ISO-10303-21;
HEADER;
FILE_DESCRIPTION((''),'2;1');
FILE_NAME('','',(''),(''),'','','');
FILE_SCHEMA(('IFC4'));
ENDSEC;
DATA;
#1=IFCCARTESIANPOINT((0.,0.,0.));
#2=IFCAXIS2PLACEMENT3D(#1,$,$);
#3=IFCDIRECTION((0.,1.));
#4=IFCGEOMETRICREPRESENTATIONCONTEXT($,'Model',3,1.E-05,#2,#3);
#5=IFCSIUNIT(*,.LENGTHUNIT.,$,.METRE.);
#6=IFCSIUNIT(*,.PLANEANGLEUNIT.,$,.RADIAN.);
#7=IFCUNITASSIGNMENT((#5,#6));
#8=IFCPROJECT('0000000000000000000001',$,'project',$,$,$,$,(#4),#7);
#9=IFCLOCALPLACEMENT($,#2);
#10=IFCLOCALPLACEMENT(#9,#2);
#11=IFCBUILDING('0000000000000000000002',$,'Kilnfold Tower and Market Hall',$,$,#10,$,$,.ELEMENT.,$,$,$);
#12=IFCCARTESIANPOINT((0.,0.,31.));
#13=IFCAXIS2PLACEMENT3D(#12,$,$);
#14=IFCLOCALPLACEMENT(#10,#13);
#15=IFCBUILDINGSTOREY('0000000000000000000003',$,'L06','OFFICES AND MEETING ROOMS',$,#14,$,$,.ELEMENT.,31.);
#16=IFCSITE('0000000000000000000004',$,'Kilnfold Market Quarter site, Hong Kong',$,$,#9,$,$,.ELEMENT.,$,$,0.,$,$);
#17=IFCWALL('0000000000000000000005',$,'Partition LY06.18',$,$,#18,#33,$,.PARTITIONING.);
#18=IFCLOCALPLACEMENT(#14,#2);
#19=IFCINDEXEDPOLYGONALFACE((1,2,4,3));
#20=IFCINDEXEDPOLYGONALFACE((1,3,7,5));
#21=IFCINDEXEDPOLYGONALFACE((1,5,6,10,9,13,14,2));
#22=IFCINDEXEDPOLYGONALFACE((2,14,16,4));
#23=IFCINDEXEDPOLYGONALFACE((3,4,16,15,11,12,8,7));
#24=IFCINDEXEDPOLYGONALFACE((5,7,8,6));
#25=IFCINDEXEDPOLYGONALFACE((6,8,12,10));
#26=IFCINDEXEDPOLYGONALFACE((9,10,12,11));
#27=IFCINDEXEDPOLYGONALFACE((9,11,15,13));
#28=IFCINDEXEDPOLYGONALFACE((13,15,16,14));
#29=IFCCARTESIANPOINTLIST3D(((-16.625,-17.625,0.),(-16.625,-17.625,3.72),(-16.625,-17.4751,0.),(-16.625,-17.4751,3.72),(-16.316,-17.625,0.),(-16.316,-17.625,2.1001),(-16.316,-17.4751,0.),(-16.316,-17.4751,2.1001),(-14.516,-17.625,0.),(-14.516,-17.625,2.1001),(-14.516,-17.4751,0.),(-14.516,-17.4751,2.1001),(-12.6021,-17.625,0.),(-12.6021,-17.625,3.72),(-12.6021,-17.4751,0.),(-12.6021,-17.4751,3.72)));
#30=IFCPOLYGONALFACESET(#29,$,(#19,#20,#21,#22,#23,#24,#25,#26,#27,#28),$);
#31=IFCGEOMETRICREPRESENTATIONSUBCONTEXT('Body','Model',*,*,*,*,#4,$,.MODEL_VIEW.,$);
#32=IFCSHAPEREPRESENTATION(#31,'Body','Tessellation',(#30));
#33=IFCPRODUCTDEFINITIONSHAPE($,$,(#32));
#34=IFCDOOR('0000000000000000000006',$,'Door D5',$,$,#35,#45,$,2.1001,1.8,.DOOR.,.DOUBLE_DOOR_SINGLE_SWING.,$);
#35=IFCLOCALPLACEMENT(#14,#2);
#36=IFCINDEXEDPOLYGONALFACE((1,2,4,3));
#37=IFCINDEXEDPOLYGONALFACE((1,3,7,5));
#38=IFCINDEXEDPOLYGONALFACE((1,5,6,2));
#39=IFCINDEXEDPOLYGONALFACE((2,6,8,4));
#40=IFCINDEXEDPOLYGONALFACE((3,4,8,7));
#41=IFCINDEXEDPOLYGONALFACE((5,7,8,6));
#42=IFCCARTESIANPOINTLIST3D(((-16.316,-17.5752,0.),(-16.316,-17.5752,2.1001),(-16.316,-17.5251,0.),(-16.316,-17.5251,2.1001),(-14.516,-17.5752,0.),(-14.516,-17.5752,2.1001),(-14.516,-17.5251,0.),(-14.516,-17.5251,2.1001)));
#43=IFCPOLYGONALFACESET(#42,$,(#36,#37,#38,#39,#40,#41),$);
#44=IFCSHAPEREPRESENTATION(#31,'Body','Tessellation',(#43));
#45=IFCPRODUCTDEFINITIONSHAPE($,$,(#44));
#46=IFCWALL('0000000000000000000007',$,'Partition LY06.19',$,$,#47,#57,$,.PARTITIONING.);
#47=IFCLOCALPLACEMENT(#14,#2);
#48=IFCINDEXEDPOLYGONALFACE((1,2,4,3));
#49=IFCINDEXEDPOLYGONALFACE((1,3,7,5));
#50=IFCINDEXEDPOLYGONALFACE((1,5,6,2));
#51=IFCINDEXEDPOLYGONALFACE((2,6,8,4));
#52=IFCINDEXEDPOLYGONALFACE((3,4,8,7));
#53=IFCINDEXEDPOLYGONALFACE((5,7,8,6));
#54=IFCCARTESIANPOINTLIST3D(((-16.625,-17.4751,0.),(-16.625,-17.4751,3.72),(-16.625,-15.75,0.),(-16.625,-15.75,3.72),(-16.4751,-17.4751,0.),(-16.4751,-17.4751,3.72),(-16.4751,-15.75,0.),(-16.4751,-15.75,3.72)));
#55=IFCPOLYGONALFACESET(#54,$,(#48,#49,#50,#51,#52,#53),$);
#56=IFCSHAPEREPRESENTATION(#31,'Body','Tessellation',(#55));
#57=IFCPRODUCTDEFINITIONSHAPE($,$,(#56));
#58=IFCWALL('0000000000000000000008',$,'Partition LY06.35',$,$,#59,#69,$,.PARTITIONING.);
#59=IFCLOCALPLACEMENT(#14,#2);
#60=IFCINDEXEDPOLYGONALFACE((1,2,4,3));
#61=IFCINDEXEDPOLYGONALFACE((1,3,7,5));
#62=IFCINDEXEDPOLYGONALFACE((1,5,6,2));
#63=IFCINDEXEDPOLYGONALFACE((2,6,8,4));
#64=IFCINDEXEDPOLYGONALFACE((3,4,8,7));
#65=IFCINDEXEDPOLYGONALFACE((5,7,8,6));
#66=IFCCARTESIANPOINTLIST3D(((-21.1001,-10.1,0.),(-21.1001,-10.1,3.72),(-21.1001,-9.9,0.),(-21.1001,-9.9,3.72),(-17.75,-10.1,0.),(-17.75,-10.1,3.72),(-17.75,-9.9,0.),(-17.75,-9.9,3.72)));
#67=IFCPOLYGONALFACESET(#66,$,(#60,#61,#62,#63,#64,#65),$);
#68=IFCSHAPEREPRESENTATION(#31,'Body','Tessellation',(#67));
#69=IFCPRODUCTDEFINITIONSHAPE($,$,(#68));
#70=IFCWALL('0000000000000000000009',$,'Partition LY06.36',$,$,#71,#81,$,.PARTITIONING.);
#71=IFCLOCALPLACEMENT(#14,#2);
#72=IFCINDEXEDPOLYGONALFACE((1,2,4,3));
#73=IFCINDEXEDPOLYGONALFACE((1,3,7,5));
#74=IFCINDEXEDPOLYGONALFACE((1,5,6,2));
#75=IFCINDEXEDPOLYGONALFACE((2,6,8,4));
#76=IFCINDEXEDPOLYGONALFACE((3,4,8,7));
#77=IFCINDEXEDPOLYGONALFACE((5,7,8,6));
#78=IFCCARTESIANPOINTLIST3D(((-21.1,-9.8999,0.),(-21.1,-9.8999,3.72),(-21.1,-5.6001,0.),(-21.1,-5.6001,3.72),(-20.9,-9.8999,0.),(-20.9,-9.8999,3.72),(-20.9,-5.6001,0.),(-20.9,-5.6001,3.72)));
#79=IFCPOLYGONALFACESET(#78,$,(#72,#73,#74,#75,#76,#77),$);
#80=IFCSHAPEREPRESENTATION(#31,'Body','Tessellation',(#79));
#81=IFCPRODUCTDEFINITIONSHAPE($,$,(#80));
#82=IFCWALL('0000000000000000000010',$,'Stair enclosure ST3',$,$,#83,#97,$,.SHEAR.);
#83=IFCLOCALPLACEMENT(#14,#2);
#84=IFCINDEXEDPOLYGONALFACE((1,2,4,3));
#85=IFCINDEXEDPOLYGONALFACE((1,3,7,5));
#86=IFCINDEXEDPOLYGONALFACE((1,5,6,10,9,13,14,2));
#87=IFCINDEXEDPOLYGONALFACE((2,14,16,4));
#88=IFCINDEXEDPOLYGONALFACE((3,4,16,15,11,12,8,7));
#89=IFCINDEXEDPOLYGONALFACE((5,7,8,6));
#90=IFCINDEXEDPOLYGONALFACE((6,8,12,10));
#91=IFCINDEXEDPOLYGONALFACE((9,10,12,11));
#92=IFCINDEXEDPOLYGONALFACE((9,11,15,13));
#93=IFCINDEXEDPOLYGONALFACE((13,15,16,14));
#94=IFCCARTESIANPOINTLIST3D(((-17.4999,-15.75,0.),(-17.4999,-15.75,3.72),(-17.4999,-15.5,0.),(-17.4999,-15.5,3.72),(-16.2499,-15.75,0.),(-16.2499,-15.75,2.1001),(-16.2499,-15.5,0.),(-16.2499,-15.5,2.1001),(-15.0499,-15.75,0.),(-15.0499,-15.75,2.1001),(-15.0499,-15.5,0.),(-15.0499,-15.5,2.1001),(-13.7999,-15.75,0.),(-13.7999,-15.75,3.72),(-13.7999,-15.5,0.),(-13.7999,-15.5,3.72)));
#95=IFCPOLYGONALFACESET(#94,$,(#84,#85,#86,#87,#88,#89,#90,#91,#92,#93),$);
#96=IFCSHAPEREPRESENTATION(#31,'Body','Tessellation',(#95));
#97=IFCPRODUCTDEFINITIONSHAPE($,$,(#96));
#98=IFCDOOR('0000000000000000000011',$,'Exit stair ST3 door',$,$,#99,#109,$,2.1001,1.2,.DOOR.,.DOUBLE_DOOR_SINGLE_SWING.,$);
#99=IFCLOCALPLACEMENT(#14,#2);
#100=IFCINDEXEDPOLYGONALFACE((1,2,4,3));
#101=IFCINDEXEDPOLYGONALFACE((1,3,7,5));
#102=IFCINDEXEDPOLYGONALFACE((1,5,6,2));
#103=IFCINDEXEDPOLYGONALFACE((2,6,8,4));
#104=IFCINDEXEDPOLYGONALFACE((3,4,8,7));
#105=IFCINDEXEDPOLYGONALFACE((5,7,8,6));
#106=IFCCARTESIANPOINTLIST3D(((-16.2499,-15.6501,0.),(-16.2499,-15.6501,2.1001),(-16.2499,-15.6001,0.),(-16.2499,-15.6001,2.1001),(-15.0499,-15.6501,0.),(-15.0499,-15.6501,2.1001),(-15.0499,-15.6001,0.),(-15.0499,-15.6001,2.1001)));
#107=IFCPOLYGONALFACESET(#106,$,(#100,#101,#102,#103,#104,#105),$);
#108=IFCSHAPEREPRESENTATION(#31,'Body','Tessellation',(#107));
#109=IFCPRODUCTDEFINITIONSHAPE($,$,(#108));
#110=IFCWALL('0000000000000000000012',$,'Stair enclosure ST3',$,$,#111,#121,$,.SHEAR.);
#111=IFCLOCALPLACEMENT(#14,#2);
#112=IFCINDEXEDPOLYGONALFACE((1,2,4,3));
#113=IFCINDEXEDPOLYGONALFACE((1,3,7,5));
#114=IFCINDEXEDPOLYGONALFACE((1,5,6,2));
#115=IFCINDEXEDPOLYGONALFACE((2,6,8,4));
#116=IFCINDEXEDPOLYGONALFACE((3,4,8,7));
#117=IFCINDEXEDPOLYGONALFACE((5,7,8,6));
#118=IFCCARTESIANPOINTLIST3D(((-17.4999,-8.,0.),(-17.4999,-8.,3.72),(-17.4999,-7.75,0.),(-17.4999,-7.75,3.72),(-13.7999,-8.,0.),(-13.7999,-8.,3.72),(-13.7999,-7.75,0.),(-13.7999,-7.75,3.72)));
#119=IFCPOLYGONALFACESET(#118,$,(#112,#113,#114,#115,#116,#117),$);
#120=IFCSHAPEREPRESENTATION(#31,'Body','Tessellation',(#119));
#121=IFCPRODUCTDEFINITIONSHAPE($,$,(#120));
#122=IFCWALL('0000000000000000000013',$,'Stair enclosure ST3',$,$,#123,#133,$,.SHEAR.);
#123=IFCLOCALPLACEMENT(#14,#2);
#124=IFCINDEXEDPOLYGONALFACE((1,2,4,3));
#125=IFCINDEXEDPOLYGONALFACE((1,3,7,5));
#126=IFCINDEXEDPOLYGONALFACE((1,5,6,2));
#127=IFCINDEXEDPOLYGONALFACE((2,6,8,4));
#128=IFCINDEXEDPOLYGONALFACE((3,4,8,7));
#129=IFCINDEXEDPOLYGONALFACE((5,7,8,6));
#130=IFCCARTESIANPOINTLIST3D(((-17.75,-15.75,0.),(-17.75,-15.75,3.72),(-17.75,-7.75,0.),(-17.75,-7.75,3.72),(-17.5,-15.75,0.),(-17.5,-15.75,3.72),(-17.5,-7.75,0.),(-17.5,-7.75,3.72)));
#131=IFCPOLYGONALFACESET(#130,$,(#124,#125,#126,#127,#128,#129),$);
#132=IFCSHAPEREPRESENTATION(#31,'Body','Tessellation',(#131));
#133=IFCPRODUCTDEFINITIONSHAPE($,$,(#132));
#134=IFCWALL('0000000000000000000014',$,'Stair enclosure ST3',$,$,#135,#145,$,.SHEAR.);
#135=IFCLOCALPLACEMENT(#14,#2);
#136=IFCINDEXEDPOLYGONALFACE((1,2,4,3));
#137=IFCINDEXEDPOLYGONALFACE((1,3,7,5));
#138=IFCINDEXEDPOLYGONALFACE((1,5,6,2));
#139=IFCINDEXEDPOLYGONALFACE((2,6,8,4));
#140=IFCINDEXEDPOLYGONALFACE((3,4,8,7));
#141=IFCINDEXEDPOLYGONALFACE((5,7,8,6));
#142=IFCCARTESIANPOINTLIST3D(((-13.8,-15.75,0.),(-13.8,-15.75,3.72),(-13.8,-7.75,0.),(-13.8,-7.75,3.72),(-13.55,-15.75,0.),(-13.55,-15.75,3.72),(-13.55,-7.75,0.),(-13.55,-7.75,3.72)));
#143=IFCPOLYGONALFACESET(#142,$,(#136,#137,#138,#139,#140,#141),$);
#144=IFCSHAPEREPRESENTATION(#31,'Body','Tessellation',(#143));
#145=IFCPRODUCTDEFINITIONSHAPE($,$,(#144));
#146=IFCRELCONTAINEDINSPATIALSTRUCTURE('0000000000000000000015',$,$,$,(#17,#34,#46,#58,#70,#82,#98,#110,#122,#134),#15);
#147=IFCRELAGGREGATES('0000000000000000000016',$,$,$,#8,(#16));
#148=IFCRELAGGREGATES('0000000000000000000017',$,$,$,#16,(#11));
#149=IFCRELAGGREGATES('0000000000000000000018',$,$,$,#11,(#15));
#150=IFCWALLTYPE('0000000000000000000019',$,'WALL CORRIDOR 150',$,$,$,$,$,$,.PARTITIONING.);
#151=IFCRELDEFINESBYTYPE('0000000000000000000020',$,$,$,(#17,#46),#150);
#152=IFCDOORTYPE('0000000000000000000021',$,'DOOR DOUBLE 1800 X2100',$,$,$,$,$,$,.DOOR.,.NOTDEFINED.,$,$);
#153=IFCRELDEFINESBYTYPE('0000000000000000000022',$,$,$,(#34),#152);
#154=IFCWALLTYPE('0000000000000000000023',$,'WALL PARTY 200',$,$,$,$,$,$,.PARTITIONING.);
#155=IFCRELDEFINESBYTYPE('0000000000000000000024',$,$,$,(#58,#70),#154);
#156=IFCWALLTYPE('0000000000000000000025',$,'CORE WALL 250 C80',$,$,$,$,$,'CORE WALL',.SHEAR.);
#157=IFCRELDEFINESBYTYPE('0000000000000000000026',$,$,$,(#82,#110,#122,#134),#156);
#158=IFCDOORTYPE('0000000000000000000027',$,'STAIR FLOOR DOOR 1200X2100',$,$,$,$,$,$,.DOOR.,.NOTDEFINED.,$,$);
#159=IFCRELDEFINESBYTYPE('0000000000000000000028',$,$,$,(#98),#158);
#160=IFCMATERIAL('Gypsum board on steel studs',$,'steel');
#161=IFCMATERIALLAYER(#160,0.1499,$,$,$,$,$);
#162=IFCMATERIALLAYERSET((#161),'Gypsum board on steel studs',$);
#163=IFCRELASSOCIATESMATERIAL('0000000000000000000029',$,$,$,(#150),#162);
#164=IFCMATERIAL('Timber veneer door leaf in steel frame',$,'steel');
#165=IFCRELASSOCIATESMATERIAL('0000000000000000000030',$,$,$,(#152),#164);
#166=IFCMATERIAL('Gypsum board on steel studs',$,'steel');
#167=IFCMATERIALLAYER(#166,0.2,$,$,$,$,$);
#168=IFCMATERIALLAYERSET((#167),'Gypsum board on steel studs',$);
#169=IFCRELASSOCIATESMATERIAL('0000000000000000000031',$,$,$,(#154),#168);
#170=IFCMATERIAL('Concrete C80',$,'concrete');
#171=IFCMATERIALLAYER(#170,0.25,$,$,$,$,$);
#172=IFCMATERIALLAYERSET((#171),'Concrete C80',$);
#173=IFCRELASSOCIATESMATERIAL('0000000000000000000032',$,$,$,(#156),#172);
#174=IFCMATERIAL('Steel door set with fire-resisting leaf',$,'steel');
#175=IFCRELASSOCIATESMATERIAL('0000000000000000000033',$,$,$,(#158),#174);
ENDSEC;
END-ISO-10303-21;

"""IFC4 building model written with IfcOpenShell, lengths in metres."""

from ifc_helpers import new_model, si_unit, direction, frame, frame_2d, origin, place, context, subcontext, project, spatial, rectangle, extrude, source, transform, mapped, material, layer, layer_set, type_object, element, fill, save


model = new_model("IFC4")

# Units and contexts
model_context = context("Model", 3, precision=1e-05, world=origin(), true_north=direction((0.0, 1.0)))
body_context = subcontext(model_context, "Body", "Model", "MODEL_VIEW")
ifc_project = project(units=[si_unit("LENGTHUNIT", "METRE"), si_unit("PLANEANGLEUNIT", "RADIAN")], contexts=[model_context])

# Site, building, storey
site_placement = place(None, origin())
site = spatial("IfcSite", under=ifc_project, at=site_placement, Name="Kilnfold Market Quarter site, Hong Kong", CompositionType="ELEMENT", RefElevation=0.0)
building_placement = place(site_placement, origin())
building = spatial("IfcBuilding", under=site, at=building_placement, Name="Kilnfold Tower and Market Hall", CompositionType="ELEMENT")
storey_placement = place(building_placement, frame((0.0, 0.0, 31.0)))
storey = spatial("IfcBuildingStorey", under=building, at=storey_placement, Name="L06", Description="OFFICES AND MEETING ROOMS", CompositionType="ELEMENT", Elevation=31.0)

# Shared definitions
ifc_material_1 = material(Name="Gypsum board on steel studs", Category="steel")
ifc_layer_1 = layer(ifc_material_1, 0.1499)
ifc_layer_set_1 = layer_set([ifc_layer_1], Name="Gypsum board on steel studs")
wall_type_1 = type_object("IfcWallType", Name="WALL CORRIDOR 150", PredefinedType="PARTITIONING", material=ifc_layer_set_1)

# Wall, opening, door
wall_1_placement = place(storey_placement, frame((-16.625, -17.55, 0.0), z_axis=(0.0, 0.0, 1.0), x_axis=(1.0, 0.0, 0.0)))
wall_1 = element("IfcWall", 1, at=wall_1_placement, inside=storey, type_object=wall_type_1, Name="Partition LY06.18", PredefinedType="PARTITIONING", context=body_context, shape_type="SweptSolid", body=[
    extrude(rectangle(XDim=4.0229, YDim=0.1499, at=frame_2d((2.0115, 0.0))), origin(), (0.0, 0.0, 1.0), 3.72),
])
opening_1_placement = place(wall_1_placement, frame((0.3091, 0.0, 0.0)))
opening_1 = element("IfcOpeningElement", 2, at=opening_1_placement, cuts=wall_1, PredefinedType="OPENING", context=body_context, shape_type="SweptSolid", body=[
    extrude(rectangle(XDim=1.8, YDim=2.1001, at=frame_2d((0.8999, 1.05))), frame((0.0, 0.085, 0.0), z_axis=(0.0, -1.0, 0.0), x_axis=(1.0, 0.0, 0.0)), (0.0, 0.0, 1.0), 0.1699),
])
ifc_material_2 = material(Name="Timber veneer door leaf in steel frame", Category="steel")
door_type_1 = type_object("IfcDoorType", Name="DOOR DOUBLE 1800 X2100", OperationType="NOTDEFINED", PredefinedType="DOOR", material=ifc_material_2)
door_1_placement = place(opening_1_placement, origin())
door_1 = element("IfcDoor", 3, at=door_1_placement, inside=storey, type_object=door_type_1, Name="Door D5", OperationType="DOUBLE_DOOR_SINGLE_SWING", OverallHeight=2.1001, OverallWidth=1.8, PredefinedType="DOOR", context=body_context, shape_type="SweptSolid", body=[
    extrude(rectangle(XDim=1.8, YDim=2.1001, at=frame_2d((0.8999, 1.05))), frame((0.0, 0.0249, 0.0), z_axis=(0.0, -1.0, 0.0), x_axis=(1.0, 0.0, 0.0)), (0.0, 0.0, 1.0), 0.05),
])
fill(opening_1, door_1)

# Walls
wall_2_placement = place(storey_placement, frame((-16.55, -15.75, 0.0), z_axis=(0.0, 0.0, 1.0), x_axis=(0.0, -1.0, 0.0)))
element("IfcWall", 4, at=wall_2_placement, inside=storey, type_object=wall_type_1, Name="Partition LY06.19", PredefinedType="PARTITIONING", context=body_context, shape_type="SweptSolid", body=[
    extrude(rectangle(XDim=1.7251, YDim=0.1499, at=frame_2d((0.8625, 0.0))), origin(), (0.0, 0.0, 1.0), 3.72),
])
ifc_material_3 = material(Name="Gypsum board on steel studs", Category="steel")
ifc_layer_2 = layer(ifc_material_3, 0.2)
ifc_layer_set_2 = layer_set([ifc_layer_2], Name="Gypsum board on steel studs")
wall_type_2 = type_object("IfcWallType", Name="WALL PARTY 200", PredefinedType="PARTITIONING", material=ifc_layer_set_2)
wall_3_placement = place(storey_placement, frame((-21.1001, -10.0, 0.0), z_axis=(0.0, 0.0, 1.0), x_axis=(1.0, 0.0, 0.0)))
element("IfcWall", 5, at=wall_3_placement, inside=storey, type_object=wall_type_2, Name="Partition LY06.35", PredefinedType="PARTITIONING", context=body_context, shape_type="SweptSolid", body=[
    extrude(rectangle(XDim=3.3501, YDim=0.2, at=frame_2d((1.675, 0.0))), origin(), (0.0, 0.0, 1.0), 3.72),
])
wall_4_placement = place(storey_placement, frame((-21.0, -9.8999, 0.0), z_axis=(0.0, 0.0, 1.0), x_axis=(0.0, 1.0, 0.0)))
element("IfcWall", 6, at=wall_4_placement, inside=storey, type_object=wall_type_2, Name="Partition LY06.36", PredefinedType="PARTITIONING", context=body_context, shape_type="SweptSolid", body=[
    extrude(rectangle(XDim=4.2998, YDim=0.2, at=frame_2d((2.1499, 0.0))), origin(), (0.0, 0.0, 1.0), 3.72),
])

# Wall, opening, door
ifc_material_4 = material(Name="Concrete C80", Category="concrete")
ifc_layer_3 = layer(ifc_material_4, 0.25)
ifc_layer_set_3 = layer_set([ifc_layer_3], Name="Concrete C80")
wall_type_3 = type_object("IfcWallType", Name="CORE WALL 250 C80", ElementType="CORE WALL", PredefinedType="SHEAR", material=ifc_layer_set_3)
shared_shape_1 = source(origin(), body_context, "Body", "SweptSolid", [
    extrude(rectangle(XDim=3.7, YDim=0.25, at=frame_2d((1.8501, 0.0))), origin(), (0.0, 0.0, 1.0), 3.72),
])
wall_5_placement = place(storey_placement, frame((-17.5, -15.625, 0.0), z_axis=(0.0, 0.0, 1.0), x_axis=(1.0, 0.0, 0.0)))
wall_5 = element("IfcWall", 7, at=wall_5_placement, inside=storey, type_object=wall_type_3, Name="Stair enclosure ST3", PredefinedType="SHEAR", context=body_context, shape_type="MappedRepresentation", body=[
    mapped(shared_shape_1, transform((0.0, 0.0, 0.0))),
])
opening_2_placement = place(wall_5_placement, frame((1.25, 0.0, 0.0)))
opening_2 = element("IfcOpeningElement", 8, at=opening_2_placement, cuts=wall_5, PredefinedType="OPENING", context=body_context, shape_type="SweptSolid", body=[
    extrude(rectangle(XDim=1.2, YDim=2.1001, at=frame_2d((0.6001, 1.05))), frame((0.0, 0.135, 0.0), z_axis=(0.0, -1.0, 0.0), x_axis=(1.0, 0.0, 0.0)), (0.0, 0.0, 1.0), 0.27),
])
ifc_material_5 = material(Name="Steel door set with fire-resisting leaf", Category="steel")
door_type_2 = type_object("IfcDoorType", Name="STAIR FLOOR DOOR 1200X2100", OperationType="NOTDEFINED", PredefinedType="DOOR", material=ifc_material_5)
door_2_placement = place(opening_2_placement, origin())
door_2 = element("IfcDoor", 9, at=door_2_placement, inside=storey, type_object=door_type_2, Name="Exit stair ST3 door", OperationType="DOUBLE_DOOR_SINGLE_SWING", OverallHeight=2.1001, OverallWidth=1.2, PredefinedType="DOOR", context=body_context, shape_type="SweptSolid", body=[
    extrude(rectangle(XDim=1.2, YDim=2.1001, at=frame_2d((0.6001, 1.05))), frame((0.0, 0.0249, 0.0), z_axis=(0.0, -1.0, 0.0), x_axis=(1.0, 0.0, 0.0)), (0.0, 0.0, 1.0), 0.05),
])
fill(opening_2, door_2)

# Walls
wall_6_placement = place(storey_placement, frame((-17.5, -7.875, 0.0), z_axis=(0.0, 0.0, 1.0), x_axis=(1.0, 0.0, 0.0)))
element("IfcWall", 10, at=wall_6_placement, inside=storey, type_object=wall_type_3, Name="Stair enclosure ST3", PredefinedType="SHEAR", context=body_context, shape_type="MappedRepresentation", body=[
    mapped(shared_shape_1, transform((0.0, 0.0, 0.0))),
])
shared_shape_2 = source(origin(), body_context, "Body", "SweptSolid", [
    extrude(rectangle(XDim=8.0, YDim=0.25, at=frame_2d((4.0, 0.0))), origin(), (0.0, 0.0, 1.0), 3.72),
])
for number, where, z_axis, x_axis, name in (
    (11, (-17.625, -15.75, 0.0), (0.0, 0.0, 1.0), (0.0, 1.0, 0.0), "Stair enclosure ST3"),
    (12, (-13.675, -15.75, 0.0), (0.0, 0.0, 1.0), (0.0, 1.0, 0.0), "Stair enclosure ST3"),
):
    element("IfcWall", number, at=place(storey_placement, frame(where, z_axis=z_axis, x_axis=x_axis)), inside=storey, type_object=wall_type_3, Name=name, PredefinedType="SHEAR", context=body_context, shape_type="MappedRepresentation", body=[
        mapped(shared_shape_2, transform((0.0, 0.0, 0.0))),
    ])

save(model, "model.ifc")
